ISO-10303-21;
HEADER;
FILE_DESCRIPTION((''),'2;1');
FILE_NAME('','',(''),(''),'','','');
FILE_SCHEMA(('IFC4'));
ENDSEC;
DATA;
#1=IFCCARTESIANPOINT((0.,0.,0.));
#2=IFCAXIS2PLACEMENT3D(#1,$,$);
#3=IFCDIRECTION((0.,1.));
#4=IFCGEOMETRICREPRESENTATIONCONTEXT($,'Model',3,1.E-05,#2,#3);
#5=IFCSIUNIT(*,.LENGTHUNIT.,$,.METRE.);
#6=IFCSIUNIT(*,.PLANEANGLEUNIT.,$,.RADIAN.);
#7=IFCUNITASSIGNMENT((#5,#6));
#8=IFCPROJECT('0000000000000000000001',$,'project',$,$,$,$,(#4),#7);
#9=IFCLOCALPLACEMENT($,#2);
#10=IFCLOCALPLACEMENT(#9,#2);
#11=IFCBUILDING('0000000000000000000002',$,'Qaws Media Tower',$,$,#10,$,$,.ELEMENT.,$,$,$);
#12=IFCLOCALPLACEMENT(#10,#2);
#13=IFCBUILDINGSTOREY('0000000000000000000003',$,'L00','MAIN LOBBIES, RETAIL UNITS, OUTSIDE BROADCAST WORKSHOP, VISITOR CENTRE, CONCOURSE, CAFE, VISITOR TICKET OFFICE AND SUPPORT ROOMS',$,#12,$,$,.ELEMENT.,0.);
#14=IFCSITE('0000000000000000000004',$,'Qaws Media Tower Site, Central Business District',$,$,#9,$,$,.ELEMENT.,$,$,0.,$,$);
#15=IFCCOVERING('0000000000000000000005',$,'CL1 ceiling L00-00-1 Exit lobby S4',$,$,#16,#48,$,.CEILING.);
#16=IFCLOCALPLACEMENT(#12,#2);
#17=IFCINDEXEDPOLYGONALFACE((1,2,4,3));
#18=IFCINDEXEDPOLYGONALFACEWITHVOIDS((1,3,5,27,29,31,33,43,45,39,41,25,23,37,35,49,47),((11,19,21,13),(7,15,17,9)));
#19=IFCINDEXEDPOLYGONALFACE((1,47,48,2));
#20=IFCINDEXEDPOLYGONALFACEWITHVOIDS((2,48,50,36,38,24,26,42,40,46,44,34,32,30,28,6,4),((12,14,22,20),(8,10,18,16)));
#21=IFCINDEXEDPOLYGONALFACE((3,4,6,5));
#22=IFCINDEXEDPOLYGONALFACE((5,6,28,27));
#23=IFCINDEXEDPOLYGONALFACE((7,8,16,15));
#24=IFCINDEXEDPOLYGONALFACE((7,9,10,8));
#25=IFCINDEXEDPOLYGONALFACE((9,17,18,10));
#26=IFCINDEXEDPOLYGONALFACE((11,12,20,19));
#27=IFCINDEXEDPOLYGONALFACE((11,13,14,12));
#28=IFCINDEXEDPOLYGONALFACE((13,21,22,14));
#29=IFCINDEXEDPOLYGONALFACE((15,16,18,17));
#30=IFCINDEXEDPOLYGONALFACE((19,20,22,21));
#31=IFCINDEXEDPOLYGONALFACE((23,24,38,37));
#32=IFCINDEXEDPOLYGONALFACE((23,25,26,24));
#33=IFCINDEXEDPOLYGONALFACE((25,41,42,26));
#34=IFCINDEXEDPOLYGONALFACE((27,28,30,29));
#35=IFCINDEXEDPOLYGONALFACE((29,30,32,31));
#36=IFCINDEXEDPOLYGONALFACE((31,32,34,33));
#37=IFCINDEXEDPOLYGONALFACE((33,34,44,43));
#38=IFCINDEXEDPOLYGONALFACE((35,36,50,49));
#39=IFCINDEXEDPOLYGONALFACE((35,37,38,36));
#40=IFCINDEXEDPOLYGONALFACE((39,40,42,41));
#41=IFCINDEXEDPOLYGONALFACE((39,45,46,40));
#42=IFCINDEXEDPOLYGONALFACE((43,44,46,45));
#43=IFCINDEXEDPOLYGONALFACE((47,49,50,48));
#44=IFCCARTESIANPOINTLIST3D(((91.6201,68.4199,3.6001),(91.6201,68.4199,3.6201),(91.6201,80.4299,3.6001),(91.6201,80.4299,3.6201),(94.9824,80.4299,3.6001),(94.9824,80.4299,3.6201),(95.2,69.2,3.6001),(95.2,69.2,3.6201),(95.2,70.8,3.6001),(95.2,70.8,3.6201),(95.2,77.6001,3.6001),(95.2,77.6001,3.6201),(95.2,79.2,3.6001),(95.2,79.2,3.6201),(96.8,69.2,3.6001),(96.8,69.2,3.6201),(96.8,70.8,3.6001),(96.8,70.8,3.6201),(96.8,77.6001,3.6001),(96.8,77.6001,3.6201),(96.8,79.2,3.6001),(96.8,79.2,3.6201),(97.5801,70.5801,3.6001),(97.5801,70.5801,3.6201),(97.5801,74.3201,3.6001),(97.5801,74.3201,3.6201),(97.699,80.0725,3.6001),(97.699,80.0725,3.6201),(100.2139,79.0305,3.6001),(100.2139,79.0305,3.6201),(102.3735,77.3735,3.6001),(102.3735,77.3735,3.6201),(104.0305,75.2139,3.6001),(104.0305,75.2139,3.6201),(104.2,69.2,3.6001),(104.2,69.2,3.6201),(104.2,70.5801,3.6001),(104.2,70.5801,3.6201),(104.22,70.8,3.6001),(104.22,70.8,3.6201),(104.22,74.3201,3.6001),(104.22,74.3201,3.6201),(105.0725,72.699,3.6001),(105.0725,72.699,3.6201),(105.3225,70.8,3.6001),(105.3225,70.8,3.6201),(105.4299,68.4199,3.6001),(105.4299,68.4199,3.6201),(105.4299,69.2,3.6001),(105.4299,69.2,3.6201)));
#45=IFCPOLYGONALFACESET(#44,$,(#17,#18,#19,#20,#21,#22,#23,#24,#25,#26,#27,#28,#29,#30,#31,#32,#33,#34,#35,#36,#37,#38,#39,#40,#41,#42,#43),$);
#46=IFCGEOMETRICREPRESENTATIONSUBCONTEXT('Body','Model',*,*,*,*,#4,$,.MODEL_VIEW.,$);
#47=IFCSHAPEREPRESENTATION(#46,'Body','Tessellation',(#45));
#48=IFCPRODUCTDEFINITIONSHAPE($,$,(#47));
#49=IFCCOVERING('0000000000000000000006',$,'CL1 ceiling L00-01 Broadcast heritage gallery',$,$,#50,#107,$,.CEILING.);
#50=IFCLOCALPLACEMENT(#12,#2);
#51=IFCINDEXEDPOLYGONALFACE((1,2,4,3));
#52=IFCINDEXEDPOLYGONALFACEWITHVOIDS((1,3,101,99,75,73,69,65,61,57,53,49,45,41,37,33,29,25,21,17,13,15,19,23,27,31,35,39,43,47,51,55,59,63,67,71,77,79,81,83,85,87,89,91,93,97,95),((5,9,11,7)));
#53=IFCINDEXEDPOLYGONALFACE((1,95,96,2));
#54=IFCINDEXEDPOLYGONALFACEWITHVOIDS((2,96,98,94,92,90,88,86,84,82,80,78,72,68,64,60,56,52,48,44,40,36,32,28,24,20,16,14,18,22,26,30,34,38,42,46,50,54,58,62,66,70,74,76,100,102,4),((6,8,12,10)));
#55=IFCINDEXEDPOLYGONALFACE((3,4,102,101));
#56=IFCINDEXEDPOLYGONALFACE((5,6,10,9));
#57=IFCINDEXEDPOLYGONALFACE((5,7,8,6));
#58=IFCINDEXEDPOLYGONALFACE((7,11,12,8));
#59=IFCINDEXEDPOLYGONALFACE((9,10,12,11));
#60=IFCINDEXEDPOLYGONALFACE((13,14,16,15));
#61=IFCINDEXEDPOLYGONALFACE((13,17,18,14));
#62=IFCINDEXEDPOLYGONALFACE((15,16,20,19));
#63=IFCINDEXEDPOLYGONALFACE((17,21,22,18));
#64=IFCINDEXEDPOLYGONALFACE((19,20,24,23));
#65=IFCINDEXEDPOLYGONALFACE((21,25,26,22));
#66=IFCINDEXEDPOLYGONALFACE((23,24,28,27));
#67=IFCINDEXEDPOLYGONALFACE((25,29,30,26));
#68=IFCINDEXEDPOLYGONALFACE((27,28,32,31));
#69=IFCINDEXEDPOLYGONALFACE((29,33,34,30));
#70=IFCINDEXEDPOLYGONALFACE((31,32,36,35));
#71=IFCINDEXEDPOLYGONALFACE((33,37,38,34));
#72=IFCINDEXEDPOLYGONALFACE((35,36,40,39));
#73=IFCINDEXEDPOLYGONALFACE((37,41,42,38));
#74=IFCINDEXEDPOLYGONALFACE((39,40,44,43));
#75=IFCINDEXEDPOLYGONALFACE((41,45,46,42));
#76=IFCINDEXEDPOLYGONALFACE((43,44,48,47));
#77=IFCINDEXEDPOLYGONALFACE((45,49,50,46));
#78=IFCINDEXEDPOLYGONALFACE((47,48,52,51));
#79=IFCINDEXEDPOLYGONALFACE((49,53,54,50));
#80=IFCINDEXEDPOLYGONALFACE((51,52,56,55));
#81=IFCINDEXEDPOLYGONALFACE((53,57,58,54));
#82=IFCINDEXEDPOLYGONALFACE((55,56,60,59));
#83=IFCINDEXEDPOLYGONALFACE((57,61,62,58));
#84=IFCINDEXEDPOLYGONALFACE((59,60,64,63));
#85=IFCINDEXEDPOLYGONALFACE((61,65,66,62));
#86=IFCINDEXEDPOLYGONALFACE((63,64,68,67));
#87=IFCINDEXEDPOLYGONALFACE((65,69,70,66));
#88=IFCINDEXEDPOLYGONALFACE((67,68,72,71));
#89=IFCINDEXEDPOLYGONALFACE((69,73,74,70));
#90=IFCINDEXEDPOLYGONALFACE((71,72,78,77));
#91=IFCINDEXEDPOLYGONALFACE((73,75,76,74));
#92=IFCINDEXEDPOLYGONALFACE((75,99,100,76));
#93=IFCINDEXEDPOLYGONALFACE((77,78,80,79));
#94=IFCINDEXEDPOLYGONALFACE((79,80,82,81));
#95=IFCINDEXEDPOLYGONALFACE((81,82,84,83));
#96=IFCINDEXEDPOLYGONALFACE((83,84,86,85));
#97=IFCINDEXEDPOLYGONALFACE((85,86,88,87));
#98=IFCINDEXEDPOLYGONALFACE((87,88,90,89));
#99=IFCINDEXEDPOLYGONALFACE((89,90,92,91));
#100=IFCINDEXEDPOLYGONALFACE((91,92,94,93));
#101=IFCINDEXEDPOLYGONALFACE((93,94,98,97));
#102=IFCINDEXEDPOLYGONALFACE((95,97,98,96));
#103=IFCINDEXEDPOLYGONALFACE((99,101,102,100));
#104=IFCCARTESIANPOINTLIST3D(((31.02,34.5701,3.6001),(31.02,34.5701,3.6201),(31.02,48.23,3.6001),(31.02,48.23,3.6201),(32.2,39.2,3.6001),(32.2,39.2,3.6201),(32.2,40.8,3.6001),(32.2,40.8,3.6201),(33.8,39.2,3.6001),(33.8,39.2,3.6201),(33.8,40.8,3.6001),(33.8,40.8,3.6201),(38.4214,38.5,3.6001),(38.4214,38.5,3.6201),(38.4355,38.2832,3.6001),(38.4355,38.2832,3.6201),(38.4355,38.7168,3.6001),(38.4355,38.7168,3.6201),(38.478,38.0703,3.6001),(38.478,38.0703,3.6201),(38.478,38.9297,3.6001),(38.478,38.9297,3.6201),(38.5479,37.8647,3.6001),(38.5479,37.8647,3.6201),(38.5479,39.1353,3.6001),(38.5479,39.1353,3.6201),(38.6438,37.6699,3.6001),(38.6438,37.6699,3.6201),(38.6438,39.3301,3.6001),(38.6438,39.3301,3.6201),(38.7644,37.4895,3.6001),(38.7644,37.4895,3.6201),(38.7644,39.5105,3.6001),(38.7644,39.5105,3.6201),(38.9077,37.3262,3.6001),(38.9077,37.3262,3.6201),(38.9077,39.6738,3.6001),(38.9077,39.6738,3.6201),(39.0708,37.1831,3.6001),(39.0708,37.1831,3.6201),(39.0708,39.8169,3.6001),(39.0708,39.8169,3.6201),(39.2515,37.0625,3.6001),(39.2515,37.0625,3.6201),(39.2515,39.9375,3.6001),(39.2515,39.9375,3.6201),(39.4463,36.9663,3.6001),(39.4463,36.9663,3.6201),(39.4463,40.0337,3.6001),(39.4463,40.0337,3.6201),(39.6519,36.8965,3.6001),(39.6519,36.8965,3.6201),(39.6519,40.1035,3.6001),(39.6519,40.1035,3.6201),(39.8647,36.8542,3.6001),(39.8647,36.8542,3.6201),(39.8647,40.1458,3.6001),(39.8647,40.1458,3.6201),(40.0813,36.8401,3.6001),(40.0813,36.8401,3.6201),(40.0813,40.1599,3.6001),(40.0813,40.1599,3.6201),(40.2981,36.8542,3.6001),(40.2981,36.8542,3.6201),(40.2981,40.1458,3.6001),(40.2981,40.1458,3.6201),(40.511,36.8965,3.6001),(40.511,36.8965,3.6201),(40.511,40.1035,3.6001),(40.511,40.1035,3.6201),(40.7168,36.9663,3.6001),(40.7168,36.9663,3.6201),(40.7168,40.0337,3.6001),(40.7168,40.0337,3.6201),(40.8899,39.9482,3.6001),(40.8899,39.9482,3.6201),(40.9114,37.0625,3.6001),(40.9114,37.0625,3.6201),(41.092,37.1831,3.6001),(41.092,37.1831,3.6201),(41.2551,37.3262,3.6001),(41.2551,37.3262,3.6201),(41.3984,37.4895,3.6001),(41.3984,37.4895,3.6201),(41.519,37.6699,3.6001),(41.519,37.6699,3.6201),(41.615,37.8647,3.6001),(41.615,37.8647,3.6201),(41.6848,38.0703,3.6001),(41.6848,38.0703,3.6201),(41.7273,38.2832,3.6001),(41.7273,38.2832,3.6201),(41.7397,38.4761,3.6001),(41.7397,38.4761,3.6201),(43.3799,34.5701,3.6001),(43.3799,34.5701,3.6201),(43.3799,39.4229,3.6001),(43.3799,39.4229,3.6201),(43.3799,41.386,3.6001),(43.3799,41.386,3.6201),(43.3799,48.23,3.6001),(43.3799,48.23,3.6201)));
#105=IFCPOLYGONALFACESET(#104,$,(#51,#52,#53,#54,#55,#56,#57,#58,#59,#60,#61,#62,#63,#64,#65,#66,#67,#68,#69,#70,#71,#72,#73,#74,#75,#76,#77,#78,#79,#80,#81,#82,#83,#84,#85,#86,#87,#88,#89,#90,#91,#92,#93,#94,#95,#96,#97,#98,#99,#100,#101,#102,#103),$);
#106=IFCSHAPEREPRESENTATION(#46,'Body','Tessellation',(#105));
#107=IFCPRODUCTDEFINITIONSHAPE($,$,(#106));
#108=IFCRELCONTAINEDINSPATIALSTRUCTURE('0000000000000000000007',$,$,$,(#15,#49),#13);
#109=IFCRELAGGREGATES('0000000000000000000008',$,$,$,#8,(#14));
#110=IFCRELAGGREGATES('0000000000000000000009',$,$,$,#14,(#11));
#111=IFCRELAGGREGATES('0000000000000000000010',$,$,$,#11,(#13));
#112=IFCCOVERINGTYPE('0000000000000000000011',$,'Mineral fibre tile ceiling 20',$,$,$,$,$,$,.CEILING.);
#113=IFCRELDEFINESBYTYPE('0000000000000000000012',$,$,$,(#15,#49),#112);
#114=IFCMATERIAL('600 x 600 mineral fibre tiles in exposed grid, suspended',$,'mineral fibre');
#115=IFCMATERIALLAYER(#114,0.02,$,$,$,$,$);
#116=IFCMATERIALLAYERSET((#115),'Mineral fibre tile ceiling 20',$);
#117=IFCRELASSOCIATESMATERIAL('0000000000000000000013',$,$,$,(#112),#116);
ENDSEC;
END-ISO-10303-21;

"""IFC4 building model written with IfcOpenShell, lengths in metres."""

from ifc_helpers import new_model, si_unit, direction, frame, origin, place, context, subcontext, project, spatial, polyline, outline, extrude, material, layer, layer_set, type_object, element, save


model = new_model("IFC4")

# Units and contexts
model_context = context("Model", 3, precision=1e-05, world=origin(), true_north=direction((0.0, 1.0)))
body_context = subcontext(model_context, "Body", "Model", "MODEL_VIEW")
ifc_project = project(units=[si_unit("LENGTHUNIT", "METRE"), si_unit("PLANEANGLEUNIT", "RADIAN")], contexts=[model_context])

# Site, building, storey
site_placement = place(None, origin())
site = spatial("IfcSite", under=ifc_project, at=site_placement, Name="Qaws Media Tower Site, Central Business District", CompositionType="ELEMENT", RefElevation=0.0)
building_placement = place(site_placement, origin())
building = spatial("IfcBuilding", under=site, at=building_placement, Name="Qaws Media Tower", CompositionType="ELEMENT")
storey_placement = place(building_placement, origin())
storey = spatial("IfcBuildingStorey", under=building, at=storey_placement, Name="L00", Description="MAIN LOBBIES, RETAIL UNITS, OUTSIDE BROADCAST WORKSHOP, VISITOR CENTRE, CONCOURSE, CAFE, VISITOR TICKET OFFICE AND SUPPORT ROOMS", CompositionType="ELEMENT", Elevation=0.0)

# Coverings
ifc_material_1 = material(Name="600 x 600 mineral fibre tiles in exposed grid, suspended", Category="mineral fibre")
ifc_layer_1 = layer(ifc_material_1, 0.02)
ifc_layer_set_1 = layer_set([ifc_layer_1], Name="Mineral fibre tile ceiling 20")
covering_type_1 = type_object("IfcCoveringType", Name="Mineral fibre tile ceiling 20", PredefinedType="CEILING", material=ifc_layer_set_1)
covering_1_placement = place(storey_placement, frame((0.0, 0.0, 3.6001)))
element("IfcCovering", 1, at=covering_1_placement, inside=storey, type_object=covering_type_1, Name="CL1 ceiling L00-00-1 Exit lobby S4", PredefinedType="CEILING", context=body_context, shape_type="SweptSolid", body=[
    extrude(outline(polyline([(97.699, 80.0725), (100.2139, 79.0305), (102.3735, 77.3735), (104.0305, 75.2139), (105.0725, 72.699), (105.3225, 70.8), (104.22, 70.8), (104.22, 74.3201), (97.5801, 74.3201), (97.5801, 70.5801), (104.2, 70.5801), (104.2, 69.2), (105.4299, 69.2), (105.4299, 68.4199), (91.6201, 68.4199), (91.6201, 80.4299), (94.9824, 80.4299), (97.699, 80.0725)]), holes=[polyline([(95.2, 69.2), (96.8, 69.2), (96.8, 70.8), (95.2, 70.8), (95.2, 69.2)]), polyline([(95.2, 77.6001), (96.8, 77.6001), (96.8, 79.2), (95.2, 79.2), (95.2, 77.6001)])]), origin(), (0.0, 0.0, 1.0), 0.02),
])
covering_2_placement = place(storey_placement, frame((0.0, 0.0, 3.6001)))
element("IfcCovering", 2, at=covering_2_placement, inside=storey, type_object=covering_type_1, Name="CL1 ceiling L00-01 Broadcast heritage gallery", PredefinedType="CEILING", context=body_context, shape_type="SweptSolid", body=[
    extrude(outline(polyline([(43.3799, 41.386), (40.8899, 39.9482), (40.7168, 40.0337), (40.511, 40.1035), (40.2981, 40.1458), (40.0813, 40.1599), (39.8647, 40.1458), (39.6519, 40.1035), (39.4463, 40.0337), (39.2515, 39.9375), (39.0708, 39.8169), (38.9077, 39.6738), (38.7644, 39.5105), (38.6438, 39.3301), (38.5479, 39.1353), (38.478, 38.9297), (38.4355, 38.7168), (38.4214, 38.5), (38.4355, 38.2832), (38.478, 38.0703), (38.5479, 37.8647), (38.6438, 37.6699), (38.7644, 37.4895), (38.9077, 37.3262), (39.0708, 37.1831), (39.2515, 37.0625), (39.4463, 36.9663), (39.6519, 36.8965), (39.8647, 36.8542), (40.0813, 36.8401), (40.2981, 36.8542), (40.511, 36.8965), (40.7168, 36.9663), (40.9114, 37.0625), (41.092, 37.1831), (41.2551, 37.3262), (41.3984, 37.4895), (41.519, 37.6699), (41.615, 37.8647), (41.6848, 38.0703), (41.7273, 38.2832), (41.7397, 38.4761), (43.3799, 39.4229), (43.3799, 34.5701), (31.02, 34.5701), (31.02, 48.23), (43.3799, 48.23), (43.3799, 41.386)]), holes=[polyline([(33.8, 39.2), (33.8, 40.8), (32.2, 40.8), (32.2, 39.2), (33.8, 39.2)])]), origin(), (0.0, 0.0, 1.0), 0.02),
])

save(model, "model.ifc")
